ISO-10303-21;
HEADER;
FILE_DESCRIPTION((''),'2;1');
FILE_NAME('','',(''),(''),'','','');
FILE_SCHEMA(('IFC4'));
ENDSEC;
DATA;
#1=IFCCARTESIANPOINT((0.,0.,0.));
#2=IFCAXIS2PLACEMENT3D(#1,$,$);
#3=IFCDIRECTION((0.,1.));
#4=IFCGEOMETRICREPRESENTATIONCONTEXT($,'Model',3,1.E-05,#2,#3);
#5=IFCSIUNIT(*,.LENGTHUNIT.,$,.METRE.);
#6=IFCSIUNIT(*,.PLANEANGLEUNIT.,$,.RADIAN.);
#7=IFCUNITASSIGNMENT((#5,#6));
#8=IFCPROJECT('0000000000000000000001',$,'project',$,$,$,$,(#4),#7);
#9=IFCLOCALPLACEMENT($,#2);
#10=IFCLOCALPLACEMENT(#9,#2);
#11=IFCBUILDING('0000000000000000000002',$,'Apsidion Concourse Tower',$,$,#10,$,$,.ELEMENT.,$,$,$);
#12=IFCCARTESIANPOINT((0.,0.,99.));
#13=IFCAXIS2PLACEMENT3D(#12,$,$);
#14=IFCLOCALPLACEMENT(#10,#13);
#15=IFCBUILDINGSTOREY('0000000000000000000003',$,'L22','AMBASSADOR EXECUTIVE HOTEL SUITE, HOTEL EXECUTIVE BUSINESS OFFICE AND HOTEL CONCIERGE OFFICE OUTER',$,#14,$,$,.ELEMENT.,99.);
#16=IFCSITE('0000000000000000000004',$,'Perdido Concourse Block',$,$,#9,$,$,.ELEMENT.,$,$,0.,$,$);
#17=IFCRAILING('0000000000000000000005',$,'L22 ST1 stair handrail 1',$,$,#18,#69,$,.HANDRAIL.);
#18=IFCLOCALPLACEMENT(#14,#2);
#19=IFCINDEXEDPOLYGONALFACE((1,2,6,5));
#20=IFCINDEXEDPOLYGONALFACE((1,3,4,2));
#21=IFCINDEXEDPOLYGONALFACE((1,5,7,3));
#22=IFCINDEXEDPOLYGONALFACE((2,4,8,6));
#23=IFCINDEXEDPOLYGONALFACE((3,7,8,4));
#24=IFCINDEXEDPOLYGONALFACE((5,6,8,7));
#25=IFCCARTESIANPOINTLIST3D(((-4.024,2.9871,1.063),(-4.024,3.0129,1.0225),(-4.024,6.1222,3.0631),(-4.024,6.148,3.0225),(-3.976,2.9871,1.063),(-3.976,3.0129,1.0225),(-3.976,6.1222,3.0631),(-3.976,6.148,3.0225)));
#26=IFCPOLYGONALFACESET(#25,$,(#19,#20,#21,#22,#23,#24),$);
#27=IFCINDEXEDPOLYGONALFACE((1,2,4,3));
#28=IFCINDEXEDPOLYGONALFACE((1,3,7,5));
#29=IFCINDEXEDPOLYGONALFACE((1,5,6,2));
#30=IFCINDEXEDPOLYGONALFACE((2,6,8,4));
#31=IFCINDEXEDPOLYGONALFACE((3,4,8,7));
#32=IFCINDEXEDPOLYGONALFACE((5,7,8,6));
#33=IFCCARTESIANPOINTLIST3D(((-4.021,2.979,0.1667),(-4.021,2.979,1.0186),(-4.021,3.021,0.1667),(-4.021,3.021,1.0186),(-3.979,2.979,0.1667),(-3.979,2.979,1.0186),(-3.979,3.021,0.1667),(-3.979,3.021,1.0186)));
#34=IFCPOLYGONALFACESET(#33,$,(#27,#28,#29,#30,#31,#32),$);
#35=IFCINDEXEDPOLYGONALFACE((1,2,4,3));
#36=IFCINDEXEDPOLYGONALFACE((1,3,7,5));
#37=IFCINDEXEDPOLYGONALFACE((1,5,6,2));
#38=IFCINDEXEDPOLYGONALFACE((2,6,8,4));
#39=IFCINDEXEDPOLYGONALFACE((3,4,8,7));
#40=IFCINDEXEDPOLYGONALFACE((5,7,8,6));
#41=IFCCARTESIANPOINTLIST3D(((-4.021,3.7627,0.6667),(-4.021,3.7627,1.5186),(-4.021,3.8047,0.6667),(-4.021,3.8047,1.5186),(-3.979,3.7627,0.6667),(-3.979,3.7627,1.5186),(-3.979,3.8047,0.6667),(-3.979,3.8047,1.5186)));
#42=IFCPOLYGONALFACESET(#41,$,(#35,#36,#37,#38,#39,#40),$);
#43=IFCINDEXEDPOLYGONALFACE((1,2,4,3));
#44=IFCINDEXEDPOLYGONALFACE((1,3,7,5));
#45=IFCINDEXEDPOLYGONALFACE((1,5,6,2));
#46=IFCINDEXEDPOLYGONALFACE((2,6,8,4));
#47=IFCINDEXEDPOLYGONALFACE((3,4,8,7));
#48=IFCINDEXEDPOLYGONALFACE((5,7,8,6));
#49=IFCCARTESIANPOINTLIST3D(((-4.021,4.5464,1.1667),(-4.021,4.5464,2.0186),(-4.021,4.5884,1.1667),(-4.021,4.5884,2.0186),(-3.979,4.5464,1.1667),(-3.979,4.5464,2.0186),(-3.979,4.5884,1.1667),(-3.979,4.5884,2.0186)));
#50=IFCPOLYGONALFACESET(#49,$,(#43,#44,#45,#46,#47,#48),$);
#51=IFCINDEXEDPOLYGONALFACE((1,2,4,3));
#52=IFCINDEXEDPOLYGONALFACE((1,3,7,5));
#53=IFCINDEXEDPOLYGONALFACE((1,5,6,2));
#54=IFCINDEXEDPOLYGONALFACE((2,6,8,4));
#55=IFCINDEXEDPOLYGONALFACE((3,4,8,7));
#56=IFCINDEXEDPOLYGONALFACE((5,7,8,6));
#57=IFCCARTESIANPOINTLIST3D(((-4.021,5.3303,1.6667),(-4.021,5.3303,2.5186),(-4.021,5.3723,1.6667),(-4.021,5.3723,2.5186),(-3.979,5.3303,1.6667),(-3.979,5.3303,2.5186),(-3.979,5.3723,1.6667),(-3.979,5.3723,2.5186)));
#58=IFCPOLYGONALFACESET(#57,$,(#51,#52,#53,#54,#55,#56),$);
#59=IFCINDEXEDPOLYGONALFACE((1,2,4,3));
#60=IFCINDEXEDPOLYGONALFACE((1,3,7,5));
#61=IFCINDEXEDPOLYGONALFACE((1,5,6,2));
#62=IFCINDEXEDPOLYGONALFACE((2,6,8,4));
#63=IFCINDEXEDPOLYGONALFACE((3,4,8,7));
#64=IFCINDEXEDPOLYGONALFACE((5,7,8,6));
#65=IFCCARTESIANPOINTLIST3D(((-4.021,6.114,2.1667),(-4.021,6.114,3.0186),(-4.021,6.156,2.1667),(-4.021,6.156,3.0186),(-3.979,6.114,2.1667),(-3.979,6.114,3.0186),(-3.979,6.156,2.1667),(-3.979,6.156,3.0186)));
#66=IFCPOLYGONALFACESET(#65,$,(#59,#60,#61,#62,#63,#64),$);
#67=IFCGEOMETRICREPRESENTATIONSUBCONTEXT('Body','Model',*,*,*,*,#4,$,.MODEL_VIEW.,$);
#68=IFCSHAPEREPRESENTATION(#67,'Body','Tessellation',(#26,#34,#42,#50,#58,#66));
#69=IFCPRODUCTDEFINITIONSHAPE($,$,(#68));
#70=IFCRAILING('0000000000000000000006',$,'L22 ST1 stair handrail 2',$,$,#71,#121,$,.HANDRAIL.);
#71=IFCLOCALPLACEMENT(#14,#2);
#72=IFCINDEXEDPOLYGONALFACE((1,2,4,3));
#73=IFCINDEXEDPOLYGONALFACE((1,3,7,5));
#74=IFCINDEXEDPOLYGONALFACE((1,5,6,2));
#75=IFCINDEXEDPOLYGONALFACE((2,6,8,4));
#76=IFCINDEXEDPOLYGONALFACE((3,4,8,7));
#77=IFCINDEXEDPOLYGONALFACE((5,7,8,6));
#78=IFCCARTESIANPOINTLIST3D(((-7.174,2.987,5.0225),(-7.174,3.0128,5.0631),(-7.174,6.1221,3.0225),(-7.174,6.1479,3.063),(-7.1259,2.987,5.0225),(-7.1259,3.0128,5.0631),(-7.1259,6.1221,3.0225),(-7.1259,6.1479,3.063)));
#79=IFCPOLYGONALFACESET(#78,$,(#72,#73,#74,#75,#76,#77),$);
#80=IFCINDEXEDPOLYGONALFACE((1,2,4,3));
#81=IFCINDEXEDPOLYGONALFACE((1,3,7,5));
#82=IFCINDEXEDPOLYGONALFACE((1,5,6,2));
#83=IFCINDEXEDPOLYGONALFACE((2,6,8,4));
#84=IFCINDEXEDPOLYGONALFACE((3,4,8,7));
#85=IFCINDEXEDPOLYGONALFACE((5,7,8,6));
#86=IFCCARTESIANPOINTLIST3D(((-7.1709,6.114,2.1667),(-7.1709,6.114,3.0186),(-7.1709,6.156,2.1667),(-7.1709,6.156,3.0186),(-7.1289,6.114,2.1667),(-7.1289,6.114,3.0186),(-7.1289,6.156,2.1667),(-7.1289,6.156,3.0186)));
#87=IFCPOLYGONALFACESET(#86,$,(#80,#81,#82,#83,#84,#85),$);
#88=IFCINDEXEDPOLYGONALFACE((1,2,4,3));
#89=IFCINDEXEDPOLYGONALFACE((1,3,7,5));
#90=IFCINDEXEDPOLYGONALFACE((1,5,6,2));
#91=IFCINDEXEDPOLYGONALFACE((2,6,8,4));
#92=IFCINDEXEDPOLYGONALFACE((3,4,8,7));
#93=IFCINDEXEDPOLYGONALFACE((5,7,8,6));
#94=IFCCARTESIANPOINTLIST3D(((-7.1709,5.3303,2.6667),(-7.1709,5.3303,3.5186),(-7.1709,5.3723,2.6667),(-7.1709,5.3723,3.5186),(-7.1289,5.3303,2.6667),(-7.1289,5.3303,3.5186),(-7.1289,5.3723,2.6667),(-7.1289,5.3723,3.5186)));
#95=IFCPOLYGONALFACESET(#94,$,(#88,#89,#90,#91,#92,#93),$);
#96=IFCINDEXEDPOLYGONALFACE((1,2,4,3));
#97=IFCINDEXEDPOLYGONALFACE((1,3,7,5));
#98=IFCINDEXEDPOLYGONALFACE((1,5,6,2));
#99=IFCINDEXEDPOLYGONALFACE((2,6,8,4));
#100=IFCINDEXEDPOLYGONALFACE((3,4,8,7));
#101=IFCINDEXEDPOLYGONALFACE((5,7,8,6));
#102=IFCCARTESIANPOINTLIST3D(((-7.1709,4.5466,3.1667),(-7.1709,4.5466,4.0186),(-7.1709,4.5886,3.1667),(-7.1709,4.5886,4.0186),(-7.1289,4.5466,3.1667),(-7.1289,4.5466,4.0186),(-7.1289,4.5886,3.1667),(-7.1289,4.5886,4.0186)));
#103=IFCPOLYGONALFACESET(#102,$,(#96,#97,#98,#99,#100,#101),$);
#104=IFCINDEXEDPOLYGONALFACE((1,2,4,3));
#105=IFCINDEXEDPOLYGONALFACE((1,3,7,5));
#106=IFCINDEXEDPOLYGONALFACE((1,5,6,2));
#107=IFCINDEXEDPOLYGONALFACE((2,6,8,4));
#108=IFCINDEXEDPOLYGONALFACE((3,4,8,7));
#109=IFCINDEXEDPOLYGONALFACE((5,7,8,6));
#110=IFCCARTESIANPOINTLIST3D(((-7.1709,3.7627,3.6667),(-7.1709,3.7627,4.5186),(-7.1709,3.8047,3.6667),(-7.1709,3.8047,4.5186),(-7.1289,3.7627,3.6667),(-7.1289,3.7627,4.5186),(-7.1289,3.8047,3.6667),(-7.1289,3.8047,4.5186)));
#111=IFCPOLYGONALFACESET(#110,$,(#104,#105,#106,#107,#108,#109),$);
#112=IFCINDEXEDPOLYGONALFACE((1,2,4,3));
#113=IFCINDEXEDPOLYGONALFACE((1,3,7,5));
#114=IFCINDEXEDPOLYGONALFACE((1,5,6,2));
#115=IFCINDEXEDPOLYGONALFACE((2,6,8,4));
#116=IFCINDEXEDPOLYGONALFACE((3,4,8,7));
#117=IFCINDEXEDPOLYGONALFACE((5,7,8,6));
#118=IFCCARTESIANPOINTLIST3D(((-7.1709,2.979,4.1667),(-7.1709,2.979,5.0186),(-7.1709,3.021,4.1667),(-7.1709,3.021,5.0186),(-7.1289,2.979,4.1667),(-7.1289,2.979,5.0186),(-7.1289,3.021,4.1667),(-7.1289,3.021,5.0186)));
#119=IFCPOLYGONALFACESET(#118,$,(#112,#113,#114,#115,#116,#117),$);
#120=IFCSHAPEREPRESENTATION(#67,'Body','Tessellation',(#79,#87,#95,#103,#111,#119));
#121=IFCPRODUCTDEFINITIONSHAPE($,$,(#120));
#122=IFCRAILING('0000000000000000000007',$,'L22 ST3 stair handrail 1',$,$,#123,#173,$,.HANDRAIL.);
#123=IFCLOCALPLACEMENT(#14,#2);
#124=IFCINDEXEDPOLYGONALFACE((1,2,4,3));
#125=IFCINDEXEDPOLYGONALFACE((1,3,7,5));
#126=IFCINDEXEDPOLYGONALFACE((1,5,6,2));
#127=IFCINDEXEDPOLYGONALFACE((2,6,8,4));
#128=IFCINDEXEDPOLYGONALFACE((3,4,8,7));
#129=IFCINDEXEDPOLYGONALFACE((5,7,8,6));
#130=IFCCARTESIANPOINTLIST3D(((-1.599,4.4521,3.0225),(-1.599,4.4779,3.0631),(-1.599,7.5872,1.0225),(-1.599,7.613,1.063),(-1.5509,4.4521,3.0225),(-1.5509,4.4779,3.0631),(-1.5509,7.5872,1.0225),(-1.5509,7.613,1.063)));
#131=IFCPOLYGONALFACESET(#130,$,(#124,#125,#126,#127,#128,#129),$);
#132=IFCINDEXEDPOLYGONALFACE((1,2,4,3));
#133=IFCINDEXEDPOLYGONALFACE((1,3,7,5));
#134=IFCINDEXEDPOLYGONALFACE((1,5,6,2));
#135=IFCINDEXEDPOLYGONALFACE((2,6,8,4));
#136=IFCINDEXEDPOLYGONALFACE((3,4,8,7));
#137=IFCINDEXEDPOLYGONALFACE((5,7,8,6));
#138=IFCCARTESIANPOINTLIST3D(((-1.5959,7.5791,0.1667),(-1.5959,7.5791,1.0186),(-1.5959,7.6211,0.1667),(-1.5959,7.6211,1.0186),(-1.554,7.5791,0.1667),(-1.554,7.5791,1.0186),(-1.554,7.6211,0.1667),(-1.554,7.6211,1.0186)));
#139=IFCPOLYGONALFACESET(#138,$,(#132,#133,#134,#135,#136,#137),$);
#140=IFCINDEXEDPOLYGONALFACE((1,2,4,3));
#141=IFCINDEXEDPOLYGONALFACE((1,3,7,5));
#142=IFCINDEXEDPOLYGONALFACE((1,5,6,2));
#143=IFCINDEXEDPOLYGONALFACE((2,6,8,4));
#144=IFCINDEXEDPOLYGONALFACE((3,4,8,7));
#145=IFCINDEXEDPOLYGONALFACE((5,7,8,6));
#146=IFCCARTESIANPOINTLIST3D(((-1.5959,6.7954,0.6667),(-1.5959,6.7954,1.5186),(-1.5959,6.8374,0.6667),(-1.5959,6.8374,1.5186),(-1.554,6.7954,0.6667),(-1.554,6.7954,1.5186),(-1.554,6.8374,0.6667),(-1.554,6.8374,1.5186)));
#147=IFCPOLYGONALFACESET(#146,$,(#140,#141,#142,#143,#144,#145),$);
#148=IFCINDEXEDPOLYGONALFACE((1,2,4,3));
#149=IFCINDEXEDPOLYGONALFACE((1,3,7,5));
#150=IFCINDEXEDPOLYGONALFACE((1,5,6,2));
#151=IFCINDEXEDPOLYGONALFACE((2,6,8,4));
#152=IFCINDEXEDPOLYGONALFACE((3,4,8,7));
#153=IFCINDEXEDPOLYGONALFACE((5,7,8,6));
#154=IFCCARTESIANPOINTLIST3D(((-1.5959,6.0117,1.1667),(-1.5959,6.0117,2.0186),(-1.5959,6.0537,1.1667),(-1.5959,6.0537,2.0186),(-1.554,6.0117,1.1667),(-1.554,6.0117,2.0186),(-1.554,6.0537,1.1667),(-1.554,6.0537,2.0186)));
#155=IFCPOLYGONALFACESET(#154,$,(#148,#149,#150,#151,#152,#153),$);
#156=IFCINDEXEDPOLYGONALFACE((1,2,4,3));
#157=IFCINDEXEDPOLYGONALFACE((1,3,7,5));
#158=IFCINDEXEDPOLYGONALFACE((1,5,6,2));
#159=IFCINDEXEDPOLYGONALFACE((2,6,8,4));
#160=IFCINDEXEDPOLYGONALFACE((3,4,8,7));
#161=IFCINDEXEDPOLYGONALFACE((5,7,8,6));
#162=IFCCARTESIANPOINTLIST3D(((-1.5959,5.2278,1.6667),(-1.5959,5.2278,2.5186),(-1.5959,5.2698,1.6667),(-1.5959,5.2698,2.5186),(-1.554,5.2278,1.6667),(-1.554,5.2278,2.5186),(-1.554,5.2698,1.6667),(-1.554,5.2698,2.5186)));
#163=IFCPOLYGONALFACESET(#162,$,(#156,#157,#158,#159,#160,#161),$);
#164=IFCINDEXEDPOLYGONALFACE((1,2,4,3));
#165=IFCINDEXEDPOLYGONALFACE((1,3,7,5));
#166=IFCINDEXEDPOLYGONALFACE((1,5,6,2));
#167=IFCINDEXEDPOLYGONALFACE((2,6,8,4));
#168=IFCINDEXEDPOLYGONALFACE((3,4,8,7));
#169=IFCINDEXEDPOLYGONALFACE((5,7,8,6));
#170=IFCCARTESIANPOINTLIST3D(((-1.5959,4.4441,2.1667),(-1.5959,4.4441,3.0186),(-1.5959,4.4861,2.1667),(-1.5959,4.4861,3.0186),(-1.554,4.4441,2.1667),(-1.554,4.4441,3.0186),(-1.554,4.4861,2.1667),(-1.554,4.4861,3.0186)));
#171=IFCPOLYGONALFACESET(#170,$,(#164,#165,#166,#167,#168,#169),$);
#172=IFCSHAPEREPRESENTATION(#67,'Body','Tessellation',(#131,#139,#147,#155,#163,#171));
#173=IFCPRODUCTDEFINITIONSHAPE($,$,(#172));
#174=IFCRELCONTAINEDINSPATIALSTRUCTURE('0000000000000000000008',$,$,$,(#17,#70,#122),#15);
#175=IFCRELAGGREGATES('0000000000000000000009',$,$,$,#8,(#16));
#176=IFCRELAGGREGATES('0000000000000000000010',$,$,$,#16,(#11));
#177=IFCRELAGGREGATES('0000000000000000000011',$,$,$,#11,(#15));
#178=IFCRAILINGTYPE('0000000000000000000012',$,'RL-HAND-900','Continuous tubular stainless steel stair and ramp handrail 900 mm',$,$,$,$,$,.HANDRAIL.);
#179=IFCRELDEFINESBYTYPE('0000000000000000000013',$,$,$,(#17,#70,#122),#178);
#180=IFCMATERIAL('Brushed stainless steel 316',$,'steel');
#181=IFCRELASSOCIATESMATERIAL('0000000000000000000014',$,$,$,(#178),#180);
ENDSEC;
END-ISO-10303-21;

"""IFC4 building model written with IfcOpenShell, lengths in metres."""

from ifc_helpers import new_model, si_unit, direction, frame, origin, origin_2d, place, context, subcontext, project, spatial, rectangle, extrude, material, type_object, element, save


model = new_model("IFC4")

# Units and contexts
model_context = context("Model", 3, precision=1e-05, world=origin(), true_north=direction((0.0, 1.0)))
body_context = subcontext(model_context, "Body", "Model", "MODEL_VIEW")
ifc_project = project(units=[si_unit("LENGTHUNIT", "METRE"), si_unit("PLANEANGLEUNIT", "RADIAN")], contexts=[model_context])

# Site, building, storey
site_placement = place(None, origin())
site = spatial("IfcSite", under=ifc_project, at=site_placement, Name="Perdido Concourse Block", CompositionType="ELEMENT", RefElevation=0.0)
building_placement = place(site_placement, origin())
building = spatial("IfcBuilding", under=site, at=building_placement, Name="Apsidion Concourse Tower", CompositionType="ELEMENT")
storey_placement = place(building_placement, frame((0.0, 0.0, 99.0)))
storey = spatial("IfcBuildingStorey", under=building, at=storey_placement, Name="L22", Description="AMBASSADOR EXECUTIVE HOTEL SUITE, HOTEL EXECUTIVE BUSINESS OFFICE AND HOTEL CONCIERGE OFFICE OUTER", CompositionType="ELEMENT", Elevation=99.0)

# Shared definitions
ifc_material_1 = material(Name="Brushed stainless steel 316", Category="steel")

# Railings
railing_type_1 = type_object("IfcRailingType", Name="RL-HAND-900", Description="Continuous tubular stainless steel stair and ramp handrail 900 mm", PredefinedType="HANDRAIL", material=ifc_material_1)
railing_1_placement = place(storey_placement, frame((-4.0, 3.0, 0.1667)))
element("IfcRailing", 1, at=railing_1_placement, inside=storey, type_object=railing_type_1, Name="L22 ST1 stair handrail 1", PredefinedType="HANDRAIL", context=body_context, shape_type="SweptSolid", body=[
    extrude(rectangle(XDim=0.0481, YDim=0.0481, at=origin_2d()), frame((0.0, 0.0, 0.876), z_axis=(0.0, 0.843053, 0.537831), x_axis=(-1.0, 0.0, 0.0)), (0.0, 0.0, 1.0), 3.7188),
    extrude(rectangle(XDim=0.042, YDim=0.042, at=origin_2d()), origin(), (0.0, 0.0, 1.0), 0.8518),
    extrude(rectangle(XDim=0.042, YDim=0.042, at=origin_2d()), frame((0.0, 0.7837, 0.5)), (0.0, 0.0, 1.0), 0.8518),
    extrude(rectangle(XDim=0.042, YDim=0.042, at=origin_2d()), frame((0.0, 1.5674, 1.0)), (0.0, 0.0, 1.0), 0.8518),
    extrude(rectangle(XDim=0.042, YDim=0.042, at=origin_2d()), frame((0.0, 2.3513, 1.5)), (0.0, 0.0, 1.0), 0.8518),
    extrude(rectangle(XDim=0.042, YDim=0.042, at=origin_2d()), frame((0.0, 3.135, 2.0)), (0.0, 0.0, 1.0), 0.8518),
])
for number, where, name in (
    (2, (-7.1499, 6.135, 2.1667), "L22 ST1 stair handrail 2"),
    (3, (-1.575, 7.6001, 0.1667), "L22 ST3 stair handrail 1"),
):
    element("IfcRailing", number, at=place(storey_placement, frame(where)), inside=storey, type_object=railing_type_1, Name=name, PredefinedType="HANDRAIL", context=body_context, shape_type="SweptSolid", body=[
        extrude(rectangle(XDim=0.0481, YDim=0.0481, at=origin_2d()), frame((0.0, 0.0, 0.876), z_axis=(0.0, -0.843053, 0.537831), x_axis=(1.0, 0.0, 0.0)), (0.0, 0.0, 1.0), 3.7188),
        extrude(rectangle(XDim=0.042, YDim=0.042, at=origin_2d()), origin(), (0.0, 0.0, 1.0), 0.8518),
        extrude(rectangle(XDim=0.042, YDim=0.042, at=origin_2d()), frame((0.0, -0.7837, 0.5)), (0.0, 0.0, 1.0), 0.8518),
        extrude(rectangle(XDim=0.042, YDim=0.042, at=origin_2d()), frame((0.0, -1.5674, 1.0)), (0.0, 0.0, 1.0), 0.8518),
        extrude(rectangle(XDim=0.042, YDim=0.042, at=origin_2d()), frame((0.0, -2.3513, 1.5)), (0.0, 0.0, 1.0), 0.8518),
        extrude(rectangle(XDim=0.042, YDim=0.042, at=origin_2d()), frame((0.0, -3.135, 2.0)), (0.0, 0.0, 1.0), 0.8518),
    ])

save(model, "model.ifc")
